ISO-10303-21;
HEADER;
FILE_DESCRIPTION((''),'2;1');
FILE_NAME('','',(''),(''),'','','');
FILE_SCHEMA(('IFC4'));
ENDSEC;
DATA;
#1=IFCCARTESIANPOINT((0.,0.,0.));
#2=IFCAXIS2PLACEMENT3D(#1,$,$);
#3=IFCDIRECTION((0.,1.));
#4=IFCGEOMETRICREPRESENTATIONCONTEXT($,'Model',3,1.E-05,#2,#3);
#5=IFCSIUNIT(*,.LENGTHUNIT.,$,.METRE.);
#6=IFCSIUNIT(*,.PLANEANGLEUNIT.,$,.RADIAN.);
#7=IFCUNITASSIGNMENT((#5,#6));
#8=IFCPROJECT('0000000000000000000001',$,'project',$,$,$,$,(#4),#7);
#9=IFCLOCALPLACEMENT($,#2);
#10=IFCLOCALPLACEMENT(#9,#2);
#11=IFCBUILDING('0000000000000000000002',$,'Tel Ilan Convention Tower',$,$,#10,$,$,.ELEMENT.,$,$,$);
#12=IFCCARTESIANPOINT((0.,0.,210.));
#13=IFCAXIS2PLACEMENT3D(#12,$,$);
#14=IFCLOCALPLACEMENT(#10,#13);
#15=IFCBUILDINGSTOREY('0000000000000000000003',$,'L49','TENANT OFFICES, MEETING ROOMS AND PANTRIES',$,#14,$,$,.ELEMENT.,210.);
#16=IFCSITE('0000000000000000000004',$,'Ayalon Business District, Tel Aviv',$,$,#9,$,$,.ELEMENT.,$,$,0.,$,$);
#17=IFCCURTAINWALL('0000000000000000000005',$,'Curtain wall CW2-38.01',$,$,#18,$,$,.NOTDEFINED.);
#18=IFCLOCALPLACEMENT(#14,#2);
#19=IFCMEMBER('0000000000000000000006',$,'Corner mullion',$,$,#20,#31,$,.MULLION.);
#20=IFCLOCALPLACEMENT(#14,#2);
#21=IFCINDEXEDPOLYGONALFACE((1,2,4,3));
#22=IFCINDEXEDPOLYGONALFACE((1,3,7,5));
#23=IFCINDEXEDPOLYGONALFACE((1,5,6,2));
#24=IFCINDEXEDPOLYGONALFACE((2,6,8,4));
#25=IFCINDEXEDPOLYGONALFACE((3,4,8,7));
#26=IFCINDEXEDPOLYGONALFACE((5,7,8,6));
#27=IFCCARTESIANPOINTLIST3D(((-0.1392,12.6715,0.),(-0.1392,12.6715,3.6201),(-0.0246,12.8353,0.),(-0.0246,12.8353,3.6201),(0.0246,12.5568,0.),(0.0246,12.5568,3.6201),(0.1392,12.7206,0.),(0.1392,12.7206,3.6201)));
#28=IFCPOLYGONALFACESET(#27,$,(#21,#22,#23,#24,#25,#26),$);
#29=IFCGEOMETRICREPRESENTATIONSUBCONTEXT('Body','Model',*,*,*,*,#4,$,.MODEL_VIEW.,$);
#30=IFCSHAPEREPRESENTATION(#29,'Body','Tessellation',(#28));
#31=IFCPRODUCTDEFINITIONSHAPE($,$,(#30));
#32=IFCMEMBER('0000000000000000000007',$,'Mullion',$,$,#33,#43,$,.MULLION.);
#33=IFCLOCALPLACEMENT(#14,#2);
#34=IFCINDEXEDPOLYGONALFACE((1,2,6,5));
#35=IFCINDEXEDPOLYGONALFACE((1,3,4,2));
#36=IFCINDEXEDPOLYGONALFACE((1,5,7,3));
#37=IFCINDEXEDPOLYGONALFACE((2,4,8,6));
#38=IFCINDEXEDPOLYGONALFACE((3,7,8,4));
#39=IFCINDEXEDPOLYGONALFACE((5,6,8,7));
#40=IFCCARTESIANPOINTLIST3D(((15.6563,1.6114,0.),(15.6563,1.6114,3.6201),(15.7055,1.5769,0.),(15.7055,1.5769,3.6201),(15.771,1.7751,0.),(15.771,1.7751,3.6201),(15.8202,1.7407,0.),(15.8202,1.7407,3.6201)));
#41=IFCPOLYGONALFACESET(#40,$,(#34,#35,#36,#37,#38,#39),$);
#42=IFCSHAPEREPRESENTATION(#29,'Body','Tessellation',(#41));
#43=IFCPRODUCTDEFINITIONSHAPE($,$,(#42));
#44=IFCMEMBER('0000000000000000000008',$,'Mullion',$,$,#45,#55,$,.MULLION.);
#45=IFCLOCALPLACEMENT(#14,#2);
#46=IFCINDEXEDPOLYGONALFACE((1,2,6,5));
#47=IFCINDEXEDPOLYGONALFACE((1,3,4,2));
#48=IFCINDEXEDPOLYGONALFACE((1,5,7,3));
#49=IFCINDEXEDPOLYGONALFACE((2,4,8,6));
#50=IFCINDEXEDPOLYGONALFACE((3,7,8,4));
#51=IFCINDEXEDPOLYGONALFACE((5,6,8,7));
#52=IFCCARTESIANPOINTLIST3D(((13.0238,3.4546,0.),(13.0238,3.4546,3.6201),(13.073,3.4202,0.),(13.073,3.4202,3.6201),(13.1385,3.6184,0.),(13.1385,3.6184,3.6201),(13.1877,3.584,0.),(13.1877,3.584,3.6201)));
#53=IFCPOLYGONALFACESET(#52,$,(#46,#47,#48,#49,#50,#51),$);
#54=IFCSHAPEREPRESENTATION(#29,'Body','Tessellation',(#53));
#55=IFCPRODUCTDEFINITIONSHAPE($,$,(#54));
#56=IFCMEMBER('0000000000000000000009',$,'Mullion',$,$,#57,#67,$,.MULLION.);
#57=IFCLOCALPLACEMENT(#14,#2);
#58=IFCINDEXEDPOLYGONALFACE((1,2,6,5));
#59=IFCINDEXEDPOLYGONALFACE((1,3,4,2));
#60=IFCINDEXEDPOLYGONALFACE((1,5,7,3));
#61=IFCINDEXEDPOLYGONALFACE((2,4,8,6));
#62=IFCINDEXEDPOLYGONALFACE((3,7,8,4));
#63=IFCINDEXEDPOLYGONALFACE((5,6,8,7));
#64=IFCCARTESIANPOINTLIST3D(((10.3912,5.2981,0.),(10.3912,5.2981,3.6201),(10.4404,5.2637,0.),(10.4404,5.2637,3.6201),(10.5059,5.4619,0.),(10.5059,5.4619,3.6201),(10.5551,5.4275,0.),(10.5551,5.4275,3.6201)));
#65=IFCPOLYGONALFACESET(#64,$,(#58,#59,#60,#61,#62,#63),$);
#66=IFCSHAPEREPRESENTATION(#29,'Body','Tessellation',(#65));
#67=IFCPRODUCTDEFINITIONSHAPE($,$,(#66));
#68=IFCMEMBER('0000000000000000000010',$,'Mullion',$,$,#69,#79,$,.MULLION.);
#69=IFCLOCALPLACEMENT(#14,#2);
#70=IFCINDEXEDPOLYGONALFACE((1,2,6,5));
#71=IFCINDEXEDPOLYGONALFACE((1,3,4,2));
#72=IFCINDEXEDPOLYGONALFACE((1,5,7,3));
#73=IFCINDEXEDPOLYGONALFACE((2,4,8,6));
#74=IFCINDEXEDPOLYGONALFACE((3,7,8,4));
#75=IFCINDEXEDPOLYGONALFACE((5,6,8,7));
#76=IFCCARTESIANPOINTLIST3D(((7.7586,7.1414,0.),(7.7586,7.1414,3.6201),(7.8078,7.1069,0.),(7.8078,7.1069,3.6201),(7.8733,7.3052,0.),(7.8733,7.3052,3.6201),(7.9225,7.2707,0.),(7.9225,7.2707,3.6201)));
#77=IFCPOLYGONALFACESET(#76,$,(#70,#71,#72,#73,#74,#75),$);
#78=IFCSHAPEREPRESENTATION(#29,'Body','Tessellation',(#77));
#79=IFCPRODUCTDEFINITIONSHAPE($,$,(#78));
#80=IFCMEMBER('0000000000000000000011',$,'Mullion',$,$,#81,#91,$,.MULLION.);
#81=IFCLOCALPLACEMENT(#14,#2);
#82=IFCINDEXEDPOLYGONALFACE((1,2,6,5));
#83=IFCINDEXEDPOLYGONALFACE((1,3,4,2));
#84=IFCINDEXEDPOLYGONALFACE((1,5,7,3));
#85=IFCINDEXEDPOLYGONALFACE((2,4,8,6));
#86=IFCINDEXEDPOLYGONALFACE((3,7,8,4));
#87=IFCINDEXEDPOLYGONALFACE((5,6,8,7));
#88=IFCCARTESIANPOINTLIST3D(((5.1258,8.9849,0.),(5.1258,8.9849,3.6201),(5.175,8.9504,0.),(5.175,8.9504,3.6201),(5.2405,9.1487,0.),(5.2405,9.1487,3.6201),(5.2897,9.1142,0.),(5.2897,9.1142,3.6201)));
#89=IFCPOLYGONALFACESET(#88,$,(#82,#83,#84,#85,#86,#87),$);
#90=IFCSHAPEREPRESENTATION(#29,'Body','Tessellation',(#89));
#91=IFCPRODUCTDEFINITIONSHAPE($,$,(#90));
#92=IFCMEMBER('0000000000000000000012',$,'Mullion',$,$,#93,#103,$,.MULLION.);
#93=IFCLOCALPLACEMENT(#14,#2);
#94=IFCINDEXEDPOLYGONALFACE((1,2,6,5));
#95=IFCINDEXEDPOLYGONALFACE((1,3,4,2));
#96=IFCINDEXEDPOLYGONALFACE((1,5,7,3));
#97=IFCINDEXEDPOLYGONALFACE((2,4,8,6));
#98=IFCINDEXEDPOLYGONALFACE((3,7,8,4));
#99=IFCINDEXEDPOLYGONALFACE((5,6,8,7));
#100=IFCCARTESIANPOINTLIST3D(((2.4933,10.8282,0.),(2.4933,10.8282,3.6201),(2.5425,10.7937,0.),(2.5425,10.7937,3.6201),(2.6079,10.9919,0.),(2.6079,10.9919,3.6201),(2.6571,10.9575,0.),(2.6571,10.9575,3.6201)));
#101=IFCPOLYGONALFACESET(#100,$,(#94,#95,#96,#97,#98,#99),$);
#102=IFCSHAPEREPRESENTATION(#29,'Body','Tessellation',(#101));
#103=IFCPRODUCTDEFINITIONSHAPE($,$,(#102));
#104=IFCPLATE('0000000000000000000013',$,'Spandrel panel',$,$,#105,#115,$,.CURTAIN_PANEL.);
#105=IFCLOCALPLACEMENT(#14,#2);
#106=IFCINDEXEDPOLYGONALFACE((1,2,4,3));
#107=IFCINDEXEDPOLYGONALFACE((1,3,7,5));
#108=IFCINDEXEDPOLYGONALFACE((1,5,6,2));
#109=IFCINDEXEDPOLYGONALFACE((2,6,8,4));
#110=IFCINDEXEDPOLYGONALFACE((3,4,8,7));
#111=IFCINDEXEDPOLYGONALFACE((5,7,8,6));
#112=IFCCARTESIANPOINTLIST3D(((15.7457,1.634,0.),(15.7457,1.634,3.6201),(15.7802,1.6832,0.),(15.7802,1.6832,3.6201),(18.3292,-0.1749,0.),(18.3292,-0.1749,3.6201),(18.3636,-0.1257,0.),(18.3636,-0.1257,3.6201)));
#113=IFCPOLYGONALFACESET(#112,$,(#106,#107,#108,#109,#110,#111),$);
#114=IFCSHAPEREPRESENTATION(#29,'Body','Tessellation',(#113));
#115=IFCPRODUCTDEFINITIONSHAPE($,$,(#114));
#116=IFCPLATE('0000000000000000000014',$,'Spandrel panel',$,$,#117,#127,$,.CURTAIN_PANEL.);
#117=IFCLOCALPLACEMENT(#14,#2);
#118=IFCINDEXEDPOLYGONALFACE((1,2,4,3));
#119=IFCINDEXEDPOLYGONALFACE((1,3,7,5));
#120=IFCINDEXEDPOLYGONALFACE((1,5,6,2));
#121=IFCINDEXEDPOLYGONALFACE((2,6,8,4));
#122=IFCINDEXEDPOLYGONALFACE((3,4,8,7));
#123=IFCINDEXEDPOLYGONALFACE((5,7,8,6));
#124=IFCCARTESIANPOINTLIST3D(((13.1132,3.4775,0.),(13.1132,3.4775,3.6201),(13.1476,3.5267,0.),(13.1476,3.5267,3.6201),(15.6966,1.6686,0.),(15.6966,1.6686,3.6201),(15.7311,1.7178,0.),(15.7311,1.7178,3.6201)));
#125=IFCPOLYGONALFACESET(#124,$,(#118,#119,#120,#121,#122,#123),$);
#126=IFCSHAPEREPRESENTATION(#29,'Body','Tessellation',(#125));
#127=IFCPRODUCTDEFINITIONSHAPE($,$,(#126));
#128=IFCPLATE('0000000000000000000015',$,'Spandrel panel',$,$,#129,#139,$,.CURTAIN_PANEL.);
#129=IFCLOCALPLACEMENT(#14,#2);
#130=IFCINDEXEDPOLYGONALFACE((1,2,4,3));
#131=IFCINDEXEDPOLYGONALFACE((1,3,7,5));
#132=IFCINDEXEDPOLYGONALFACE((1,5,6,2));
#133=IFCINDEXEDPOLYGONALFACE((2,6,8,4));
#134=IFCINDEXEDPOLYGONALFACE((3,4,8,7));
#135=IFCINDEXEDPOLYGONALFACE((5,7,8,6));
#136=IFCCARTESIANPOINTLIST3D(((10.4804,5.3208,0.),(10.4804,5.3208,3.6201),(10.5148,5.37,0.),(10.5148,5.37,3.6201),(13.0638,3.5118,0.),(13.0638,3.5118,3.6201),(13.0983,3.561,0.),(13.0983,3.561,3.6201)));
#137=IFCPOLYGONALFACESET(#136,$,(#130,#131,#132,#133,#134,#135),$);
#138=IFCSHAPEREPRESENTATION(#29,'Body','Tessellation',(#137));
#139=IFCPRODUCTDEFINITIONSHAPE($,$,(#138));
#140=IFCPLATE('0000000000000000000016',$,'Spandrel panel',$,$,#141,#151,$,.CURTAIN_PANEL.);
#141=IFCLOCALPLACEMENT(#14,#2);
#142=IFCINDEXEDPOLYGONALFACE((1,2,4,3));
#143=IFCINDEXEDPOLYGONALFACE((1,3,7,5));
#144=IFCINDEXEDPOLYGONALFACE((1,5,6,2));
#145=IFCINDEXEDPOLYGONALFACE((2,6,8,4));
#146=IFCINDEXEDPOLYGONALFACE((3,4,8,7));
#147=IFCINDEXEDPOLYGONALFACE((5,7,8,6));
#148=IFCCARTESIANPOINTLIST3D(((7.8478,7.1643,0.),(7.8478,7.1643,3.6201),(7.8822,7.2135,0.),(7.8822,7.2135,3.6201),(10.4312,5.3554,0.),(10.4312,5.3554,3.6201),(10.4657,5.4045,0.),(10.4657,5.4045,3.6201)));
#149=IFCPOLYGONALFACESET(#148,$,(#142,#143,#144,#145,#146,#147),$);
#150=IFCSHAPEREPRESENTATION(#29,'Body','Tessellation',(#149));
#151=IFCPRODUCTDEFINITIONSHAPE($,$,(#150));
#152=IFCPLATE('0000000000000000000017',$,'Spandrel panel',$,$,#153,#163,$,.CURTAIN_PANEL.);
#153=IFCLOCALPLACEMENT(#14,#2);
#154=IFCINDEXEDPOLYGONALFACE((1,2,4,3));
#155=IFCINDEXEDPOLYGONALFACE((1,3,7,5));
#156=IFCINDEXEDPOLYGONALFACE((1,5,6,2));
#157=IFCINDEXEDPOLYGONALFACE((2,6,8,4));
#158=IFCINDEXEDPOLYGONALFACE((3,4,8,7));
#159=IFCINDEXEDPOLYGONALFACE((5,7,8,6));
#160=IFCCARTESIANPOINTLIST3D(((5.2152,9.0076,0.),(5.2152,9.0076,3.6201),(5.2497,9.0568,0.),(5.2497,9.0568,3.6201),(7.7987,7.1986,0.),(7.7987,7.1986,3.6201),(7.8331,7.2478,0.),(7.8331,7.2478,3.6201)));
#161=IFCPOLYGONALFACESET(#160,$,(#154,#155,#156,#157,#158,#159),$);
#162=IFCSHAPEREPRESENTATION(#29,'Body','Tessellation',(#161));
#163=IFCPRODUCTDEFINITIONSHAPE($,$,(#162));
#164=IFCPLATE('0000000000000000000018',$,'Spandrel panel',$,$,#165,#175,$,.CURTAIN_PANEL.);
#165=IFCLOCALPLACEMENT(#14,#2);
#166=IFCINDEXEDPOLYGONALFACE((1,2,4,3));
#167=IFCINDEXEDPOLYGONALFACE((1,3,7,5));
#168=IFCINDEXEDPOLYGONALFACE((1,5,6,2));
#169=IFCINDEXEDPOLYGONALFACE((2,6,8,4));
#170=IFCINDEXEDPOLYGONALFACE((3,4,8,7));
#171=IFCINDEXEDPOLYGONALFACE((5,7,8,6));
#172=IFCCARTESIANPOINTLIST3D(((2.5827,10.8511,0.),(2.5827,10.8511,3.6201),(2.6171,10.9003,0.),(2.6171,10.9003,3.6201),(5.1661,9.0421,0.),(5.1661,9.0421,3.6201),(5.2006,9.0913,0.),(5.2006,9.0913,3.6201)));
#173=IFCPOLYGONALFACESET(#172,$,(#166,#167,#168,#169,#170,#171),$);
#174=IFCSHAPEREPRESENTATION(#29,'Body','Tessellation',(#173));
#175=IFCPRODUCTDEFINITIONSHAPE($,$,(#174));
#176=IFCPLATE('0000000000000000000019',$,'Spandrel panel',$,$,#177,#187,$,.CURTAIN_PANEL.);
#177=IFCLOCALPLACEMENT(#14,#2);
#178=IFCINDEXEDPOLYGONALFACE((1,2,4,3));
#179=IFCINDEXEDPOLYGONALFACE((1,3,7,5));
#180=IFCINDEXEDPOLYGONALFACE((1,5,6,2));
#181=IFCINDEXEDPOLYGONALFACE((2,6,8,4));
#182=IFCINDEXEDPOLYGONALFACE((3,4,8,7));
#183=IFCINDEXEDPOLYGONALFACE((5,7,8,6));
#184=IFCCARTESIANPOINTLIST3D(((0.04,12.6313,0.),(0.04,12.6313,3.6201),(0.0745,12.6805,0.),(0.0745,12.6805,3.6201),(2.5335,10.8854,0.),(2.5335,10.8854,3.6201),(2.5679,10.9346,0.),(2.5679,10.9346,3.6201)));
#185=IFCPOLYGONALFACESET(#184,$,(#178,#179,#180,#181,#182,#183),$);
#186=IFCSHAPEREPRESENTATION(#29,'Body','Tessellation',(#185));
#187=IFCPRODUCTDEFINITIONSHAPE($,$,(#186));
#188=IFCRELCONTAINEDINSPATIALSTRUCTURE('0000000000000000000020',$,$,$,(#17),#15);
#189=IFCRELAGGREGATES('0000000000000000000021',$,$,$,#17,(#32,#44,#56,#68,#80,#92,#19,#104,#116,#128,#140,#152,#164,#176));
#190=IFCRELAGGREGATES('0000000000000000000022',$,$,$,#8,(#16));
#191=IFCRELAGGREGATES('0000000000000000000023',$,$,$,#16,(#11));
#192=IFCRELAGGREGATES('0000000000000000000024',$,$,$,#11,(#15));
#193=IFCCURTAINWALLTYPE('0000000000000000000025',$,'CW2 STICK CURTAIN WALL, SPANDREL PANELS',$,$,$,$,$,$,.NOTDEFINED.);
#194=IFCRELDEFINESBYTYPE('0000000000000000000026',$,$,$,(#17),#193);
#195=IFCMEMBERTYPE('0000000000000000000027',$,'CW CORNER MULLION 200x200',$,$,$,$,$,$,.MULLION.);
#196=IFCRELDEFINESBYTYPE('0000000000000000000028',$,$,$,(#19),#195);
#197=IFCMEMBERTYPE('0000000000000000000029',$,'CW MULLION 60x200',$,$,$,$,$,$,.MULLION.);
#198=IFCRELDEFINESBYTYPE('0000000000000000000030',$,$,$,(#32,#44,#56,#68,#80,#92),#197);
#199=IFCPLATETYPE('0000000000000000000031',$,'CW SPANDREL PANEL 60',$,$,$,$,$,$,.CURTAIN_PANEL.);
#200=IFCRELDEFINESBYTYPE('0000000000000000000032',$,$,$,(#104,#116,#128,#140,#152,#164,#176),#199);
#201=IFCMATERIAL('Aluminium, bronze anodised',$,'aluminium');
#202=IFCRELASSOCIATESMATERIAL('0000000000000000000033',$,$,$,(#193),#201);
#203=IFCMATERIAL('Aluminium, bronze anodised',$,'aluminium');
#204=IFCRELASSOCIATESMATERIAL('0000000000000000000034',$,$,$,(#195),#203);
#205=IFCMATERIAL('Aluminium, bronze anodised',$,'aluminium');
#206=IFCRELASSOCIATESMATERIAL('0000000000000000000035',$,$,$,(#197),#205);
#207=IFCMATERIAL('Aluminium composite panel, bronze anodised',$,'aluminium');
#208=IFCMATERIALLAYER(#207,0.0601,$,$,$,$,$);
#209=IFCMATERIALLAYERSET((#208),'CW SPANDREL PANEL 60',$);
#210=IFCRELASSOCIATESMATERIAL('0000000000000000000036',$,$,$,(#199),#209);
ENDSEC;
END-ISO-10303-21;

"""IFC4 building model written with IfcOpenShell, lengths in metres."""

from ifc_helpers import new_model, si_unit, direction, frame, origin, origin_2d, place, context, subcontext, project, spatial, rectangle, extrude, material, layer, layer_set, material_profile, profile_set, type_object, element, aggregate, save


model = new_model("IFC4")

# Units and contexts
model_context = context("Model", 3, precision=1e-05, world=origin(), true_north=direction((0.0, 1.0)))
body_context = subcontext(model_context, "Body", "Model", "MODEL_VIEW")
ifc_project = project(units=[si_unit("LENGTHUNIT", "METRE"), si_unit("PLANEANGLEUNIT", "RADIAN")], contexts=[model_context])

# Site, building, storey
site_placement = place(None, origin())
site = spatial("IfcSite", under=ifc_project, at=site_placement, Name="Ayalon Business District, Tel Aviv", CompositionType="ELEMENT", RefElevation=0.0)
building_placement = place(site_placement, origin())
building = spatial("IfcBuilding", under=site, at=building_placement, Name="Tel Ilan Convention Tower", CompositionType="ELEMENT")
storey_placement = place(building_placement, frame((0.0, 0.0, 210.0)))
storey = spatial("IfcBuildingStorey", under=building, at=storey_placement, Name="L49", Description="TENANT OFFICES, MEETING ROOMS AND PANTRIES", CompositionType="ELEMENT", Elevation=210.0)

# Curtain wall, members, plates
ifc_material_1 = material(Name="Aluminium, bronze anodised", Category="aluminium")
curtain_wall_type = type_object("IfcCurtainWallType", Name="CW2 STICK CURTAIN WALL, SPANDREL PANELS", PredefinedType="NOTDEFINED", material=ifc_material_1)
curtain_wall_placement = place(storey_placement, origin())
curtain_wall = element("IfcCurtainWall", 1, at=curtain_wall_placement, inside=storey, type_object=curtain_wall_type, Name="Curtain wall CW2-38.01", PredefinedType="NOTDEFINED")
ifc_material_2 = material(Name="Aluminium, bronze anodised", Category="aluminium")
ifc_material_profile_1 = material_profile(ifc_material_2, rectangle(XDim=0.2, YDim=0.2, at=origin_2d()), Name="CW CORNER MULLION 200x200")
ifc_profile_set_1 = profile_set([ifc_material_profile_1], Name="Aluminium, bronze anodised")
member_type_1 = type_object("IfcMemberType", Name="CW CORNER MULLION 200x200", PredefinedType="MULLION", material=ifc_profile_set_1)
member_1_placement = place(storey_placement, frame((0.0, 12.696, 0.0), z_axis=(0.0, 0.0, 1.0), x_axis=(-0.819152, 0.573576, 0.0)))
member_1 = element("IfcMember", 2, at=member_1_placement, type_object=member_type_1, Name="Corner mullion", PredefinedType="MULLION", context=body_context, shape_type="SweptSolid", body=[
    extrude(rectangle(XDim=0.2, YDim=0.2, at=origin_2d()), origin(), (0.0, 0.0, 1.0), 3.6201),
])
ifc_material_3 = material(Name="Aluminium, bronze anodised", Category="aluminium")
ifc_material_profile_2 = material_profile(ifc_material_3, rectangle(XDim=0.0601, YDim=0.2, at=origin_2d()), Name="CW MULLION 60x200")
ifc_profile_set_2 = profile_set([ifc_material_profile_2], Name="Aluminium, bronze anodised")
member_type_2 = type_object("IfcMemberType", Name="CW MULLION 60x200", PredefinedType="MULLION", material=ifc_profile_set_2)
member_2_placement = place(storey_placement, frame((15.7383, 1.676, 0.0), z_axis=(0.0, 0.0, 1.0), x_axis=(-0.819152, 0.573576, 0.0)))
member_2 = element("IfcMember", 3, at=member_2_placement, type_object=member_type_2, Name="Mullion", PredefinedType="MULLION", context=body_context, shape_type="SweptSolid", body=[
    extrude(rectangle(XDim=0.0601, YDim=0.2, at=origin_2d()), origin(), (0.0, 0.0, 1.0), 3.6201),
])
member_3_placement = place(storey_placement, frame((13.1057, 3.5193, 0.0), z_axis=(0.0, 0.0, 1.0), x_axis=(-0.819152, 0.573576, 0.0)))
member_3 = element("IfcMember", 4, at=member_3_placement, type_object=member_type_2, Name="Mullion", PredefinedType="MULLION", context=body_context, shape_type="SweptSolid", body=[
    extrude(rectangle(XDim=0.0601, YDim=0.2, at=origin_2d()), origin(), (0.0, 0.0, 1.0), 3.6201),
])
member_4_placement = place(storey_placement, frame((10.4731, 5.3628, 0.0), z_axis=(0.0, 0.0, 1.0), x_axis=(-0.819152, 0.573576, 0.0)))
member_4 = element("IfcMember", 5, at=member_4_placement, type_object=member_type_2, Name="Mullion", PredefinedType="MULLION", context=body_context, shape_type="SweptSolid", body=[
    extrude(rectangle(XDim=0.0601, YDim=0.2, at=origin_2d()), origin(), (0.0, 0.0, 1.0), 3.6201),
])
member_5_placement = place(storey_placement, frame((7.8406, 7.2061, 0.0), z_axis=(0.0, 0.0, 1.0), x_axis=(-0.819152, 0.573576, 0.0)))
member_5 = element("IfcMember", 6, at=member_5_placement, type_object=member_type_2, Name="Mullion", PredefinedType="MULLION", context=body_context, shape_type="SweptSolid", body=[
    extrude(rectangle(XDim=0.0601, YDim=0.2, at=origin_2d()), origin(), (0.0, 0.0, 1.0), 3.6201),
])
member_6_placement = place(storey_placement, frame((5.2078, 9.0496, 0.0), z_axis=(0.0, 0.0, 1.0), x_axis=(-0.819152, 0.573576, 0.0)))
member_6 = element("IfcMember", 7, at=member_6_placement, type_object=member_type_2, Name="Mullion", PredefinedType="MULLION", context=body_context, shape_type="SweptSolid", body=[
    extrude(rectangle(XDim=0.0601, YDim=0.2, at=origin_2d()), origin(), (0.0, 0.0, 1.0), 3.6201),
])
member_7_placement = place(storey_placement, frame((2.5752, 10.8928, 0.0), z_axis=(0.0, 0.0, 1.0), x_axis=(-0.819152, 0.573576, 0.0)))
member_7 = element("IfcMember", 8, at=member_7_placement, type_object=member_type_2, Name="Mullion", PredefinedType="MULLION", context=body_context, shape_type="SweptSolid", body=[
    extrude(rectangle(XDim=0.0601, YDim=0.2, at=origin_2d()), origin(), (0.0, 0.0, 1.0), 3.6201),
])
ifc_material_4 = material(Name="Aluminium composite panel, bronze anodised", Category="aluminium")
ifc_layer_1 = layer(ifc_material_4, 0.0601)
ifc_layer_set_1 = layer_set([ifc_layer_1], Name="CW SPANDREL PANEL 60")
plate_type = type_object("IfcPlateType", Name="CW SPANDREL PANEL 60", PredefinedType="CURTAIN_PANEL", material=ifc_layer_set_1)
plate_1_placement = place(storey_placement, frame((17.0547, 0.7542, 0.0), z_axis=(0.0, 0.0, 1.0), x_axis=(-0.819152, 0.573576, 0.0)))
plate_1 = element("IfcPlate", 9, at=plate_1_placement, type_object=plate_type, Name="Spandrel panel", PredefinedType="CURTAIN_PANEL", context=body_context, shape_type="SweptSolid", body=[
    extrude(rectangle(XDim=3.1538, YDim=0.0601, at=origin_2d()), origin(), (0.0, 0.0, 1.0), 3.6201),
])
plate_2_placement = place(storey_placement, frame((14.4221, 2.5977, 0.0), z_axis=(0.0, 0.0, 1.0), x_axis=(-0.819152, 0.573576, 0.0)))
plate_2 = element("IfcPlate", 10, at=plate_2_placement, type_object=plate_type, Name="Spandrel panel", PredefinedType="CURTAIN_PANEL", context=body_context, shape_type="SweptSolid", body=[
    extrude(rectangle(XDim=3.1538, YDim=0.0601, at=origin_2d()), origin(), (0.0, 0.0, 1.0), 3.6201),
])
plate_3_placement = place(storey_placement, frame((11.7893, 4.4409, 0.0), z_axis=(0.0, 0.0, 1.0), x_axis=(-0.819152, 0.573576, 0.0)))
plate_3 = element("IfcPlate", 11, at=plate_3_placement, type_object=plate_type, Name="Spandrel panel", PredefinedType="CURTAIN_PANEL", context=body_context, shape_type="SweptSolid", body=[
    extrude(rectangle(XDim=3.1538, YDim=0.0601, at=origin_2d()), origin(), (0.0, 0.0, 1.0), 3.6201),
])
plate_4_placement = place(storey_placement, frame((9.1567, 6.2844, 0.0), z_axis=(0.0, 0.0, 1.0), x_axis=(-0.819152, 0.573576, 0.0)))
plate_4 = element("IfcPlate", 12, at=plate_4_placement, type_object=plate_type, Name="Spandrel panel", PredefinedType="CURTAIN_PANEL", context=body_context, shape_type="SweptSolid", body=[
    extrude(rectangle(XDim=3.1538, YDim=0.0601, at=origin_2d()), origin(), (0.0, 0.0, 1.0), 3.6201),
])
plate_5_placement = place(storey_placement, frame((6.5242, 8.1277, 0.0), z_axis=(0.0, 0.0, 1.0), x_axis=(-0.819152, 0.573576, 0.0)))
plate_5 = element("IfcPlate", 13, at=plate_5_placement, type_object=plate_type, Name="Spandrel panel", PredefinedType="CURTAIN_PANEL", context=body_context, shape_type="SweptSolid", body=[
    extrude(rectangle(XDim=3.1538, YDim=0.0601, at=origin_2d()), origin(), (0.0, 0.0, 1.0), 3.6201),
])
plate_6_placement = place(storey_placement, frame((3.8916, 9.9712, 0.0), z_axis=(0.0, 0.0, 1.0), x_axis=(-0.819152, 0.573576, 0.0)))
plate_6 = element("IfcPlate", 14, at=plate_6_placement, type_object=plate_type, Name="Spandrel panel", PredefinedType="CURTAIN_PANEL", context=body_context, shape_type="SweptSolid", body=[
    extrude(rectangle(XDim=3.1538, YDim=0.0601, at=origin_2d()), origin(), (0.0, 0.0, 1.0), 3.6201),
])
plate_7_placement = place(storey_placement, frame((1.304, 11.783, 0.0), z_axis=(0.0, 0.0, 1.0), x_axis=(-0.819152, 0.573576, 0.0)))
plate_7 = element("IfcPlate", 15, at=plate_7_placement, type_object=plate_type, Name="Spandrel panel", PredefinedType="CURTAIN_PANEL", context=body_context, shape_type="SweptSolid", body=[
    extrude(rectangle(XDim=3.0439, YDim=0.0601, at=origin_2d()), origin(), (0.0, 0.0, 1.0), 3.6201),
])
aggregate(curtain_wall, [member_2, member_3, member_4, member_5, member_6, member_7, member_1, plate_1, plate_2, plate_3, plate_4, plate_5, plate_6, plate_7])

save(model, "model.ifc")
